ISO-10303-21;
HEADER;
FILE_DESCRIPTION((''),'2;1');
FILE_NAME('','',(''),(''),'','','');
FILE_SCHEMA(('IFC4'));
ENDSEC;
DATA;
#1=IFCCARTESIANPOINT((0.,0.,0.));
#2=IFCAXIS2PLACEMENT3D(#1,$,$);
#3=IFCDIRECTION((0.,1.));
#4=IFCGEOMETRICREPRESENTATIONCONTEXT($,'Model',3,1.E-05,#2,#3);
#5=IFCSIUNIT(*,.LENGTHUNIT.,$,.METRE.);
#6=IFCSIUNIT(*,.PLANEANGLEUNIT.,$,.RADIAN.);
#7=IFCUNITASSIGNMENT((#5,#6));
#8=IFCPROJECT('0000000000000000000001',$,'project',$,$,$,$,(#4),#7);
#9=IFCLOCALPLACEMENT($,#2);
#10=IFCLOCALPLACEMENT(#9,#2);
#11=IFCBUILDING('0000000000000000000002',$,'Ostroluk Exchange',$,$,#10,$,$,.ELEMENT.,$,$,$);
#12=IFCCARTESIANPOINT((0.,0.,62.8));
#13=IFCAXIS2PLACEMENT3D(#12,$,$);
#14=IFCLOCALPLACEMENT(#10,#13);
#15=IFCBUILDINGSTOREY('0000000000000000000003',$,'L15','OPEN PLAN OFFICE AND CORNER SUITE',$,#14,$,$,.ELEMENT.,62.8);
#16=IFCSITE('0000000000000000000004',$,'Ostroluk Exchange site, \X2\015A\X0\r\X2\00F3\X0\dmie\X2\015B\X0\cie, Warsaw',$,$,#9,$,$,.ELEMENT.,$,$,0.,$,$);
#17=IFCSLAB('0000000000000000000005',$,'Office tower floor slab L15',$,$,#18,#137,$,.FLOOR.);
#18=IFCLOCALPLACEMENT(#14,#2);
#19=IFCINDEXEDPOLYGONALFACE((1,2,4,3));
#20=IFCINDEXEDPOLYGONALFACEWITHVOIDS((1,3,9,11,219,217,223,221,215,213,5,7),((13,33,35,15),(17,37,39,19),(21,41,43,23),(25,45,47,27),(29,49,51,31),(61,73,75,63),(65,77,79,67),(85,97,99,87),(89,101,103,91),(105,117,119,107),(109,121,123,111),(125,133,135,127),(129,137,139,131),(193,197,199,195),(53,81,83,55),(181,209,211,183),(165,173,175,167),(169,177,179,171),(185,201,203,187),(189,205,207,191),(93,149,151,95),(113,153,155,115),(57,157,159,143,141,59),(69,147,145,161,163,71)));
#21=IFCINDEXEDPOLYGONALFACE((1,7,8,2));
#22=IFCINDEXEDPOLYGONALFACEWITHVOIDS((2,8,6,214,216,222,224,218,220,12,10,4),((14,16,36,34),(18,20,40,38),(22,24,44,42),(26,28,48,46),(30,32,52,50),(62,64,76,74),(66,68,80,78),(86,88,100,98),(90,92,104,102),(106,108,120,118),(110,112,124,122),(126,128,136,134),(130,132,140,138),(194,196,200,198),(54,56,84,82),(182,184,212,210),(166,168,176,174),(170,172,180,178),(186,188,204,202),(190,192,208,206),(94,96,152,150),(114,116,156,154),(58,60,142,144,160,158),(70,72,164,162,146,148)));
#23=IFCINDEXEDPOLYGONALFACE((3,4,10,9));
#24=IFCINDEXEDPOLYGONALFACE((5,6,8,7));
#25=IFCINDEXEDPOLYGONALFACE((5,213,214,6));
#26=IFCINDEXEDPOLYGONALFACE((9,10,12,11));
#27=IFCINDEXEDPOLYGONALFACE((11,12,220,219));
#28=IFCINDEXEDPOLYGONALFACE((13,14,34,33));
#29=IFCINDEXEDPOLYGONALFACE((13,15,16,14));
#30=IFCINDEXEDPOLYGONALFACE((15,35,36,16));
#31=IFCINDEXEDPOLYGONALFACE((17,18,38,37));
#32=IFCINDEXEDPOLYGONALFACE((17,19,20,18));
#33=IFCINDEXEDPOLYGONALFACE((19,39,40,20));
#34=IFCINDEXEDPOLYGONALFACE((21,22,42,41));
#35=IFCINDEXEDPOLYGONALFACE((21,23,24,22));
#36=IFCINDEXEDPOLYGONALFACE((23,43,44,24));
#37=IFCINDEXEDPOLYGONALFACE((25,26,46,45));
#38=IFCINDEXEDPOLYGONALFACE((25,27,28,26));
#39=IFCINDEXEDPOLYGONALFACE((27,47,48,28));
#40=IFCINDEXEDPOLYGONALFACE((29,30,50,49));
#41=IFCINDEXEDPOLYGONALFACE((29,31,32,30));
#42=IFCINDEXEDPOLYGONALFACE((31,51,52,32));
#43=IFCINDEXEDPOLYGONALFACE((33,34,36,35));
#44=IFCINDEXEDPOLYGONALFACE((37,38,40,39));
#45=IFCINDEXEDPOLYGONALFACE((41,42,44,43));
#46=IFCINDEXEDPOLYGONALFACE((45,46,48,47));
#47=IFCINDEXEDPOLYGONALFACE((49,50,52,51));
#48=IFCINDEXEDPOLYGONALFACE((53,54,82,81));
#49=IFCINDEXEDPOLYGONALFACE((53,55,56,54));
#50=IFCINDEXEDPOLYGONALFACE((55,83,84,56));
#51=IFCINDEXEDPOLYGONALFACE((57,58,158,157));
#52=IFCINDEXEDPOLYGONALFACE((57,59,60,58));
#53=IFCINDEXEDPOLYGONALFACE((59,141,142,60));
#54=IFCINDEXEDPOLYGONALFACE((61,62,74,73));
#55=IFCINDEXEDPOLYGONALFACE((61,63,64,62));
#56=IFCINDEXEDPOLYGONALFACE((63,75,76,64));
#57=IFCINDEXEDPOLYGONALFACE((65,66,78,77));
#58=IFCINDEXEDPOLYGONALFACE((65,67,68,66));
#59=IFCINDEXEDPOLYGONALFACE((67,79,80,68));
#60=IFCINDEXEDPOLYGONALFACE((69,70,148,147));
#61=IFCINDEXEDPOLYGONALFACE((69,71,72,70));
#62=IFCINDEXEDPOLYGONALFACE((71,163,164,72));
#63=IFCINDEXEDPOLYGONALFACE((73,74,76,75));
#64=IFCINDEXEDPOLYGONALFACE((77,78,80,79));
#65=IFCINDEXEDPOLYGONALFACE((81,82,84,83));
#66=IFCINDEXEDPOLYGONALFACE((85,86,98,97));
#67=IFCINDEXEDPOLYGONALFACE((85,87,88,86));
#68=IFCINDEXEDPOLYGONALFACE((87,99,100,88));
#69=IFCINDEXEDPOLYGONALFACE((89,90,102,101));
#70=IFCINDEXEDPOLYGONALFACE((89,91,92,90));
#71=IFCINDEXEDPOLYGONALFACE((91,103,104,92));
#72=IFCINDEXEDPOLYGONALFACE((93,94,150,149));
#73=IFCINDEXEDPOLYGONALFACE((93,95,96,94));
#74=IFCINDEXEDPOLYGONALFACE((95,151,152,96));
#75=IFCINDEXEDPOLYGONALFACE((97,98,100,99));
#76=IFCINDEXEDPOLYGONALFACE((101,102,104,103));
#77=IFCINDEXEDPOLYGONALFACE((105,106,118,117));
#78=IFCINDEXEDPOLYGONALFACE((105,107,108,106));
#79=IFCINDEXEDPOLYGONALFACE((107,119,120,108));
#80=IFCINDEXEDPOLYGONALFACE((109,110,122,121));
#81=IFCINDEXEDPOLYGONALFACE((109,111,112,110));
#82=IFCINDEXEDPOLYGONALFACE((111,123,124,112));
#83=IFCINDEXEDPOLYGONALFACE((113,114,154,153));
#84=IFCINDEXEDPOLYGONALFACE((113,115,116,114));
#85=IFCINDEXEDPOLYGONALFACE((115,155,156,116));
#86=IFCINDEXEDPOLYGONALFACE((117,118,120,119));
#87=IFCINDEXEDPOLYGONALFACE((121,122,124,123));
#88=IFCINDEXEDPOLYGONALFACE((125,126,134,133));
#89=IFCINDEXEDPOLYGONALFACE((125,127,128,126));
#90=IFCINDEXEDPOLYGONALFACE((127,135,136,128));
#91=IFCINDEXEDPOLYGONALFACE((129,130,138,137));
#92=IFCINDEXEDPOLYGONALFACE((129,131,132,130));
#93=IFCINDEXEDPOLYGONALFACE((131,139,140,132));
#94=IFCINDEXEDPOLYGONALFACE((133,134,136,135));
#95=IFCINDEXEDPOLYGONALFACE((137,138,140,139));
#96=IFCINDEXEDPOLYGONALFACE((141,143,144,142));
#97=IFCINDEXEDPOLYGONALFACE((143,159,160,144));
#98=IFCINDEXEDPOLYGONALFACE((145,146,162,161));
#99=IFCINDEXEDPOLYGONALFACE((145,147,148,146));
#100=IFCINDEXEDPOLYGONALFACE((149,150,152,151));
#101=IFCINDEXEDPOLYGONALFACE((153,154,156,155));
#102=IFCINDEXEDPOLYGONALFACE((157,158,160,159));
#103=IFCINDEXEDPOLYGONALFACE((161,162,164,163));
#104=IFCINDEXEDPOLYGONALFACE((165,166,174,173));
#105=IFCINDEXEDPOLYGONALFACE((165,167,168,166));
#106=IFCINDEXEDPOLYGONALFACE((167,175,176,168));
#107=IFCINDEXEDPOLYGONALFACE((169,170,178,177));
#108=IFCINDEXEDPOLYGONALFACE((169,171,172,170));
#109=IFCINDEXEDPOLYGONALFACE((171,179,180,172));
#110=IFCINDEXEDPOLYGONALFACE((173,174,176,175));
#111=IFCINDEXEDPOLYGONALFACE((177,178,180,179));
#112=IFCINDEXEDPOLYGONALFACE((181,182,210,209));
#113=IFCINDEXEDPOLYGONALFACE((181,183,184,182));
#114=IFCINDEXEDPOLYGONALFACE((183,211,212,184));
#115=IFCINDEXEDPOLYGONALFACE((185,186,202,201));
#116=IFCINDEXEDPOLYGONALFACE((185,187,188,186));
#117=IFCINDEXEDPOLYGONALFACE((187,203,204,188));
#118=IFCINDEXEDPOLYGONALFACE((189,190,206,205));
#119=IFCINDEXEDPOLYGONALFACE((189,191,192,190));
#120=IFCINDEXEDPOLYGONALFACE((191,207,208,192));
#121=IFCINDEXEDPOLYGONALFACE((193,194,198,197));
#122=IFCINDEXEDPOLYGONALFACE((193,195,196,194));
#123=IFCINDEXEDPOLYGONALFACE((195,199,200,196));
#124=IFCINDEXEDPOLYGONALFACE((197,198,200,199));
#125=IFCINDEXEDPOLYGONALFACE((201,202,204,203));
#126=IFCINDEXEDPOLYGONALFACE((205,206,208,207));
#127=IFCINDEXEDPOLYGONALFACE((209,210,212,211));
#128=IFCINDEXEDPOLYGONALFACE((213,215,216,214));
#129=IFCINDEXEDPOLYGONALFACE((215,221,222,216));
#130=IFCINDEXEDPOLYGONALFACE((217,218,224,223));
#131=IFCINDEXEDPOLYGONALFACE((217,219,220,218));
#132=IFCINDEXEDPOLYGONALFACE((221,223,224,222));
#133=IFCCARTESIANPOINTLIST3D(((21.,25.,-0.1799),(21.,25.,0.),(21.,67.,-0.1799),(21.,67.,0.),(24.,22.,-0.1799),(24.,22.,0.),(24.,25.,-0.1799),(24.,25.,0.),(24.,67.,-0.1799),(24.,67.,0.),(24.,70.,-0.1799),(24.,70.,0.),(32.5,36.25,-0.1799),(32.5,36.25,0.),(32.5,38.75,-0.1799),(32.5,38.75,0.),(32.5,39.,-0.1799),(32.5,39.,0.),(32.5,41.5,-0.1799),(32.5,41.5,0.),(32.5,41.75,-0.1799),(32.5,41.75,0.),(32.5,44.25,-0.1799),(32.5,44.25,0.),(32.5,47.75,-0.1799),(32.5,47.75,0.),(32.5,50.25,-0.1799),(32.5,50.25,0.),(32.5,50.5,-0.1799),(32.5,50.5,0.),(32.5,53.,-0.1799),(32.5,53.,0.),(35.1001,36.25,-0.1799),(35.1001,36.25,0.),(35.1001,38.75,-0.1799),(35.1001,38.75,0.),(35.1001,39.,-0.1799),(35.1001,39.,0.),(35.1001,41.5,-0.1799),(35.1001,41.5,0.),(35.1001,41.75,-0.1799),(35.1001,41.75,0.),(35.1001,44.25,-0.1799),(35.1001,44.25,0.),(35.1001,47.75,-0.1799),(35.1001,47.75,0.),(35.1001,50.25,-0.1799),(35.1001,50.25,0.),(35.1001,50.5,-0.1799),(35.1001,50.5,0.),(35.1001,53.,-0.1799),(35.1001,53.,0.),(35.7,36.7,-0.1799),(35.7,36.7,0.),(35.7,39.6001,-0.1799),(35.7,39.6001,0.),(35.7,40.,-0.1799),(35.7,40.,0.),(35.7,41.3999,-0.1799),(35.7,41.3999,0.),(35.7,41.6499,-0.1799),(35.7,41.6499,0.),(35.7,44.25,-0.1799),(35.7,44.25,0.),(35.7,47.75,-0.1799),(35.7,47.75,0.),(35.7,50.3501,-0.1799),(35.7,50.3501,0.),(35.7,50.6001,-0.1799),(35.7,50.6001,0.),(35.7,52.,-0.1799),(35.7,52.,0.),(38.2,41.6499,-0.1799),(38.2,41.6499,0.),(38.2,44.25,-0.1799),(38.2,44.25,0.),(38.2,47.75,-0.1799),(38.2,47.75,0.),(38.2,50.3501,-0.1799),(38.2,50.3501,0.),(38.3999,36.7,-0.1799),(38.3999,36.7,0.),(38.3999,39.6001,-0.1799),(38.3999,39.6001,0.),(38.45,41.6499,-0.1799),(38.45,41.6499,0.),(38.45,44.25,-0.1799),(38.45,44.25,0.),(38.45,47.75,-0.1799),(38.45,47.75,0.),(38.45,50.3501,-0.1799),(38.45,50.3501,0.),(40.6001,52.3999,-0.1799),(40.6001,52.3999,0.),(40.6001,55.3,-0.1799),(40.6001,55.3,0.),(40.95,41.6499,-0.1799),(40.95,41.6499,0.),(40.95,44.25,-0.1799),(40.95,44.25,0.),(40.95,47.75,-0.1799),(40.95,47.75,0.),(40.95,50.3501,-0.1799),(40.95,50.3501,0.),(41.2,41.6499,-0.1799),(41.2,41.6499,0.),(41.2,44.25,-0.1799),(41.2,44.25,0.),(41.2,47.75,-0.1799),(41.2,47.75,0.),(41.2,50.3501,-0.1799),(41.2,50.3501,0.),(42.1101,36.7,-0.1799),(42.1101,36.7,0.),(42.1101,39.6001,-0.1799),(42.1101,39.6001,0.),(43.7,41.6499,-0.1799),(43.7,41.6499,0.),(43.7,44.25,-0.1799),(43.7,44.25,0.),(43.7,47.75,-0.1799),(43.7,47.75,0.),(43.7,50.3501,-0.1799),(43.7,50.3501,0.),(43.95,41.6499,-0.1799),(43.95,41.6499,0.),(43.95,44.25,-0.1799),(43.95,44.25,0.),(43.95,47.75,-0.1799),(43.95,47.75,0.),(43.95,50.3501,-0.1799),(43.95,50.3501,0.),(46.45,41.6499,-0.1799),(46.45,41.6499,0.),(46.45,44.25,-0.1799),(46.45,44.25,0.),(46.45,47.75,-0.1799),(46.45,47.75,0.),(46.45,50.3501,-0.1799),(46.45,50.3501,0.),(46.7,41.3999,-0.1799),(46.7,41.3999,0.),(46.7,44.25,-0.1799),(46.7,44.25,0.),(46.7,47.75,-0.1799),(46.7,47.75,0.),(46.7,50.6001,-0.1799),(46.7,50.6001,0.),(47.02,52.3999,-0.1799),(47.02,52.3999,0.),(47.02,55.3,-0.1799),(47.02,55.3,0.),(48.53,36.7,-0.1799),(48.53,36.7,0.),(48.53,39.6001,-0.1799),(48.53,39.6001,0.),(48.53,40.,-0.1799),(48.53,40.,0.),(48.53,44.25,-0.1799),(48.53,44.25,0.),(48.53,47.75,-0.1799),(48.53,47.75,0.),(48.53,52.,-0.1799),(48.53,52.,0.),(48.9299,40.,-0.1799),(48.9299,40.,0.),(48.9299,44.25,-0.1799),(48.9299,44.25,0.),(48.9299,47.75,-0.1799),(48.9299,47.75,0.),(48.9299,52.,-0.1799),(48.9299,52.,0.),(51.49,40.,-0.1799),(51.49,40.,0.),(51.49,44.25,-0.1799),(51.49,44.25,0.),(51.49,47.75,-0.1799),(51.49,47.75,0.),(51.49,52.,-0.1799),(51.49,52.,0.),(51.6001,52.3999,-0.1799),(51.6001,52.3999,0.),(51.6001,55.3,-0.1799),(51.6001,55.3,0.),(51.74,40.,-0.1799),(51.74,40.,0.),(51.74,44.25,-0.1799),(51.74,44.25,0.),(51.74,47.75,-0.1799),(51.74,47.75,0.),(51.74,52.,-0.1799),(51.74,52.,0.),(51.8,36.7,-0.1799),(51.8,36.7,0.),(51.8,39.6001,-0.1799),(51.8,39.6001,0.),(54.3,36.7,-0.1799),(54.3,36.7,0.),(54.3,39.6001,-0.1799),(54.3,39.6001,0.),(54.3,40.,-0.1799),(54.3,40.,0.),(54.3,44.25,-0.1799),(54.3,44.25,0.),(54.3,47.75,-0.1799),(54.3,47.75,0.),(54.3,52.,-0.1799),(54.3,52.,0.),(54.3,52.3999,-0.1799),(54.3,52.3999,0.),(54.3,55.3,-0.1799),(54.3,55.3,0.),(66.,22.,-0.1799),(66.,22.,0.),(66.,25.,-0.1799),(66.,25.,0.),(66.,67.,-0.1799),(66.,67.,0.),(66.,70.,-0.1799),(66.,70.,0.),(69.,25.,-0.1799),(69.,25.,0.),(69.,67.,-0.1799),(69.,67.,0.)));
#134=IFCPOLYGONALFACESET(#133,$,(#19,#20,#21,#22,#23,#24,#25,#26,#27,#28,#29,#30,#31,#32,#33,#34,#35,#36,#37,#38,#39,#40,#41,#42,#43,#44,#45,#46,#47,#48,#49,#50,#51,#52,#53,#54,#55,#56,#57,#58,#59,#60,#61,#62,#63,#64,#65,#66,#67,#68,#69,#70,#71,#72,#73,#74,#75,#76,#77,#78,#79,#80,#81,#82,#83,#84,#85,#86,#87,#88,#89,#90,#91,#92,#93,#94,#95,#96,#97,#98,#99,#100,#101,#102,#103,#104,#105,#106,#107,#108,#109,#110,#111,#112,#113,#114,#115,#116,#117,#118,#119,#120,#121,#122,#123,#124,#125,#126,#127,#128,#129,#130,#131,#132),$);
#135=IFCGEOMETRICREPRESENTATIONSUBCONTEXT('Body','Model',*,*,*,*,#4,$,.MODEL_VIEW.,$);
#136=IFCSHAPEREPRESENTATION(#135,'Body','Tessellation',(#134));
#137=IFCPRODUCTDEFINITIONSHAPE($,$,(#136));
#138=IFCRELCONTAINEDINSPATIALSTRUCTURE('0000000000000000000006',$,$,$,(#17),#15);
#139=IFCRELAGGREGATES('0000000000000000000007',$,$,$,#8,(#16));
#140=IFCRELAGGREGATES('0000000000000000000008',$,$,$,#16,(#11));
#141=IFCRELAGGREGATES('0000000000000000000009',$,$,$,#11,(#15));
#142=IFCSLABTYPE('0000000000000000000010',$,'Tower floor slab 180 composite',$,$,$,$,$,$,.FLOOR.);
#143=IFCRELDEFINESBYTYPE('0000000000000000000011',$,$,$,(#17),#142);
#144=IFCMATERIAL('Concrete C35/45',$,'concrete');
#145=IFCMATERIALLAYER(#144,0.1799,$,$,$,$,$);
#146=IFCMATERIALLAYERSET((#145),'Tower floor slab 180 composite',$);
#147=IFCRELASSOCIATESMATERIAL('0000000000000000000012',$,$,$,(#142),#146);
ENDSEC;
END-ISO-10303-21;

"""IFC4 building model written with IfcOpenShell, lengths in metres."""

from ifc_helpers import new_model, si_unit, direction, frame, origin, place, context, subcontext, project, spatial, polyline, outline, extrude, material, layer, layer_set, type_object, element, save


model = new_model("IFC4")

# Units and contexts
model_context = context("Model", 3, precision=1e-05, world=origin(), true_north=direction((0.0, 1.0)))
body_context = subcontext(model_context, "Body", "Model", "MODEL_VIEW")
ifc_project = project(units=[si_unit("LENGTHUNIT", "METRE"), si_unit("PLANEANGLEUNIT", "RADIAN")], contexts=[model_context])

# Site, building, storey
site_placement = place(None, origin())
site = spatial("IfcSite", under=ifc_project, at=site_placement, Name="Ostroluk Exchange site, Śródmieście, Warsaw", CompositionType="ELEMENT", RefElevation=0.0)
building_placement = place(site_placement, origin())
building = spatial("IfcBuilding", under=site, at=building_placement, Name="Ostroluk Exchange", CompositionType="ELEMENT")
storey_placement = place(building_placement, frame((0.0, 0.0, 62.8)))
storey = spatial("IfcBuildingStorey", under=building, at=storey_placement, Name="L15", Description="OPEN PLAN OFFICE AND CORNER SUITE", CompositionType="ELEMENT", Elevation=62.8)

# Slab
ifc_material_1 = material(Name="Concrete C35/45", Category="concrete")
ifc_layer_1 = layer(ifc_material_1, 0.1799)
ifc_layer_set_1 = layer_set([ifc_layer_1], Name="Tower floor slab 180 composite")
slab_type_1 = type_object("IfcSlabType", Name="Tower floor slab 180 composite", PredefinedType="FLOOR", material=ifc_layer_set_1)
slab_1_placement = place(storey_placement, frame((0.0, 0.0, -0.1799)))
element("IfcSlab", 1, at=slab_1_placement, inside=storey, type_object=slab_type_1, Name="Office tower floor slab L15", PredefinedType="FLOOR", context=body_context, shape_type="SweptSolid", body=[
    extrude(outline(polyline([(24.0, 22.0), (66.0, 22.0), (66.0, 25.0), (69.0, 25.0), (69.0, 67.0), (66.0, 67.0), (66.0, 70.0), (24.0, 70.0), (24.0, 67.0), (21.0, 67.0), (21.0, 25.0), (24.0, 25.0), (24.0, 22.0)]), holes=[polyline([(35.7, 36.7), (38.3999, 36.7), (38.3999, 39.6001), (35.7, 39.6001), (35.7, 36.7)]), polyline([(42.1101, 36.7), (48.53, 36.7), (48.53, 39.6001), (42.1101, 39.6001), (42.1101, 36.7)]), polyline([(51.8, 36.7), (54.3, 36.7), (54.3, 39.6001), (51.8, 39.6001), (51.8, 36.7)]), polyline([(40.6001, 52.3999), (47.02, 52.3999), (47.02, 55.3), (40.6001, 55.3), (40.6001, 52.3999)]), polyline([(51.6001, 52.3999), (54.3, 52.3999), (54.3, 55.3), (51.6001, 55.3), (51.6001, 52.3999)]), polyline([(35.7, 47.75), (38.2, 47.75), (38.2, 50.3501), (35.7, 50.3501), (35.7, 47.75)]), polyline([(38.45, 47.75), (40.95, 47.75), (40.95, 50.3501), (38.45, 50.3501), (38.45, 47.75)]), polyline([(41.2, 47.75), (43.7, 47.75), (43.7, 50.3501), (41.2, 50.3501), (41.2, 47.75)]), polyline([(43.95, 47.75), (46.45, 47.75), (46.45, 50.3501), (43.95, 50.3501), (43.95, 47.75)]), polyline([(35.7, 41.6499), (38.2, 41.6499), (38.2, 44.25), (35.7, 44.25), (35.7, 41.6499)]), polyline([(38.45, 41.6499), (40.95, 41.6499), (40.95, 44.25), (38.45, 44.25), (38.45, 41.6499)]), polyline([(41.2, 41.6499), (43.7, 41.6499), (43.7, 44.25), (41.2, 44.25), (41.2, 41.6499)]), polyline([(43.95, 41.6499), (46.45, 41.6499), (46.45, 44.25), (43.95, 44.25), (43.95, 41.6499)]), polyline([(48.9299, 47.75), (51.49, 47.75), (51.49, 52.0), (48.9299, 52.0), (48.9299, 47.75)]), polyline([(51.74, 47.75), (54.3, 47.75), (54.3, 52.0), (51.74, 52.0), (51.74, 47.75)]), polyline([(48.9299, 40.0), (51.49, 40.0), (51.49, 44.25), (48.9299, 44.25), (48.9299, 40.0)]), polyline([(51.74, 40.0), (54.3, 40.0), (54.3, 44.25), (51.74, 44.25), (51.74, 40.0)]), polyline([(48.53, 52.0), (48.53, 47.75), (46.7, 47.75), (46.7, 50.6001), (35.7, 50.6001), (35.7, 52.0), (48.53, 52.0)]), polyline([(35.7, 40.0), (35.7, 41.3999), (46.7, 41.3999), (46.7, 44.25), (48.53, 44.25), (48.53, 40.0), (35.7, 40.0)]), polyline([(32.5, 36.25), (35.1001, 36.25), (35.1001, 38.75), (32.5, 38.75), (32.5, 36.25)]), polyline([(32.5, 39.0), (35.1001, 39.0), (35.1001, 41.5), (32.5, 41.5), (32.5, 39.0)]), polyline([(32.5, 41.75), (35.1001, 41.75), (35.1001, 44.25), (32.5, 44.25), (32.5, 41.75)]), polyline([(32.5, 47.75), (35.1001, 47.75), (35.1001, 50.25), (32.5, 50.25), (32.5, 47.75)]), polyline([(32.5, 50.5), (35.1001, 50.5), (35.1001, 53.0), (32.5, 53.0), (32.5, 50.5)])]), origin(), (0.0, 0.0, 1.0), 0.1799),
])

save(model, "model.ifc")
